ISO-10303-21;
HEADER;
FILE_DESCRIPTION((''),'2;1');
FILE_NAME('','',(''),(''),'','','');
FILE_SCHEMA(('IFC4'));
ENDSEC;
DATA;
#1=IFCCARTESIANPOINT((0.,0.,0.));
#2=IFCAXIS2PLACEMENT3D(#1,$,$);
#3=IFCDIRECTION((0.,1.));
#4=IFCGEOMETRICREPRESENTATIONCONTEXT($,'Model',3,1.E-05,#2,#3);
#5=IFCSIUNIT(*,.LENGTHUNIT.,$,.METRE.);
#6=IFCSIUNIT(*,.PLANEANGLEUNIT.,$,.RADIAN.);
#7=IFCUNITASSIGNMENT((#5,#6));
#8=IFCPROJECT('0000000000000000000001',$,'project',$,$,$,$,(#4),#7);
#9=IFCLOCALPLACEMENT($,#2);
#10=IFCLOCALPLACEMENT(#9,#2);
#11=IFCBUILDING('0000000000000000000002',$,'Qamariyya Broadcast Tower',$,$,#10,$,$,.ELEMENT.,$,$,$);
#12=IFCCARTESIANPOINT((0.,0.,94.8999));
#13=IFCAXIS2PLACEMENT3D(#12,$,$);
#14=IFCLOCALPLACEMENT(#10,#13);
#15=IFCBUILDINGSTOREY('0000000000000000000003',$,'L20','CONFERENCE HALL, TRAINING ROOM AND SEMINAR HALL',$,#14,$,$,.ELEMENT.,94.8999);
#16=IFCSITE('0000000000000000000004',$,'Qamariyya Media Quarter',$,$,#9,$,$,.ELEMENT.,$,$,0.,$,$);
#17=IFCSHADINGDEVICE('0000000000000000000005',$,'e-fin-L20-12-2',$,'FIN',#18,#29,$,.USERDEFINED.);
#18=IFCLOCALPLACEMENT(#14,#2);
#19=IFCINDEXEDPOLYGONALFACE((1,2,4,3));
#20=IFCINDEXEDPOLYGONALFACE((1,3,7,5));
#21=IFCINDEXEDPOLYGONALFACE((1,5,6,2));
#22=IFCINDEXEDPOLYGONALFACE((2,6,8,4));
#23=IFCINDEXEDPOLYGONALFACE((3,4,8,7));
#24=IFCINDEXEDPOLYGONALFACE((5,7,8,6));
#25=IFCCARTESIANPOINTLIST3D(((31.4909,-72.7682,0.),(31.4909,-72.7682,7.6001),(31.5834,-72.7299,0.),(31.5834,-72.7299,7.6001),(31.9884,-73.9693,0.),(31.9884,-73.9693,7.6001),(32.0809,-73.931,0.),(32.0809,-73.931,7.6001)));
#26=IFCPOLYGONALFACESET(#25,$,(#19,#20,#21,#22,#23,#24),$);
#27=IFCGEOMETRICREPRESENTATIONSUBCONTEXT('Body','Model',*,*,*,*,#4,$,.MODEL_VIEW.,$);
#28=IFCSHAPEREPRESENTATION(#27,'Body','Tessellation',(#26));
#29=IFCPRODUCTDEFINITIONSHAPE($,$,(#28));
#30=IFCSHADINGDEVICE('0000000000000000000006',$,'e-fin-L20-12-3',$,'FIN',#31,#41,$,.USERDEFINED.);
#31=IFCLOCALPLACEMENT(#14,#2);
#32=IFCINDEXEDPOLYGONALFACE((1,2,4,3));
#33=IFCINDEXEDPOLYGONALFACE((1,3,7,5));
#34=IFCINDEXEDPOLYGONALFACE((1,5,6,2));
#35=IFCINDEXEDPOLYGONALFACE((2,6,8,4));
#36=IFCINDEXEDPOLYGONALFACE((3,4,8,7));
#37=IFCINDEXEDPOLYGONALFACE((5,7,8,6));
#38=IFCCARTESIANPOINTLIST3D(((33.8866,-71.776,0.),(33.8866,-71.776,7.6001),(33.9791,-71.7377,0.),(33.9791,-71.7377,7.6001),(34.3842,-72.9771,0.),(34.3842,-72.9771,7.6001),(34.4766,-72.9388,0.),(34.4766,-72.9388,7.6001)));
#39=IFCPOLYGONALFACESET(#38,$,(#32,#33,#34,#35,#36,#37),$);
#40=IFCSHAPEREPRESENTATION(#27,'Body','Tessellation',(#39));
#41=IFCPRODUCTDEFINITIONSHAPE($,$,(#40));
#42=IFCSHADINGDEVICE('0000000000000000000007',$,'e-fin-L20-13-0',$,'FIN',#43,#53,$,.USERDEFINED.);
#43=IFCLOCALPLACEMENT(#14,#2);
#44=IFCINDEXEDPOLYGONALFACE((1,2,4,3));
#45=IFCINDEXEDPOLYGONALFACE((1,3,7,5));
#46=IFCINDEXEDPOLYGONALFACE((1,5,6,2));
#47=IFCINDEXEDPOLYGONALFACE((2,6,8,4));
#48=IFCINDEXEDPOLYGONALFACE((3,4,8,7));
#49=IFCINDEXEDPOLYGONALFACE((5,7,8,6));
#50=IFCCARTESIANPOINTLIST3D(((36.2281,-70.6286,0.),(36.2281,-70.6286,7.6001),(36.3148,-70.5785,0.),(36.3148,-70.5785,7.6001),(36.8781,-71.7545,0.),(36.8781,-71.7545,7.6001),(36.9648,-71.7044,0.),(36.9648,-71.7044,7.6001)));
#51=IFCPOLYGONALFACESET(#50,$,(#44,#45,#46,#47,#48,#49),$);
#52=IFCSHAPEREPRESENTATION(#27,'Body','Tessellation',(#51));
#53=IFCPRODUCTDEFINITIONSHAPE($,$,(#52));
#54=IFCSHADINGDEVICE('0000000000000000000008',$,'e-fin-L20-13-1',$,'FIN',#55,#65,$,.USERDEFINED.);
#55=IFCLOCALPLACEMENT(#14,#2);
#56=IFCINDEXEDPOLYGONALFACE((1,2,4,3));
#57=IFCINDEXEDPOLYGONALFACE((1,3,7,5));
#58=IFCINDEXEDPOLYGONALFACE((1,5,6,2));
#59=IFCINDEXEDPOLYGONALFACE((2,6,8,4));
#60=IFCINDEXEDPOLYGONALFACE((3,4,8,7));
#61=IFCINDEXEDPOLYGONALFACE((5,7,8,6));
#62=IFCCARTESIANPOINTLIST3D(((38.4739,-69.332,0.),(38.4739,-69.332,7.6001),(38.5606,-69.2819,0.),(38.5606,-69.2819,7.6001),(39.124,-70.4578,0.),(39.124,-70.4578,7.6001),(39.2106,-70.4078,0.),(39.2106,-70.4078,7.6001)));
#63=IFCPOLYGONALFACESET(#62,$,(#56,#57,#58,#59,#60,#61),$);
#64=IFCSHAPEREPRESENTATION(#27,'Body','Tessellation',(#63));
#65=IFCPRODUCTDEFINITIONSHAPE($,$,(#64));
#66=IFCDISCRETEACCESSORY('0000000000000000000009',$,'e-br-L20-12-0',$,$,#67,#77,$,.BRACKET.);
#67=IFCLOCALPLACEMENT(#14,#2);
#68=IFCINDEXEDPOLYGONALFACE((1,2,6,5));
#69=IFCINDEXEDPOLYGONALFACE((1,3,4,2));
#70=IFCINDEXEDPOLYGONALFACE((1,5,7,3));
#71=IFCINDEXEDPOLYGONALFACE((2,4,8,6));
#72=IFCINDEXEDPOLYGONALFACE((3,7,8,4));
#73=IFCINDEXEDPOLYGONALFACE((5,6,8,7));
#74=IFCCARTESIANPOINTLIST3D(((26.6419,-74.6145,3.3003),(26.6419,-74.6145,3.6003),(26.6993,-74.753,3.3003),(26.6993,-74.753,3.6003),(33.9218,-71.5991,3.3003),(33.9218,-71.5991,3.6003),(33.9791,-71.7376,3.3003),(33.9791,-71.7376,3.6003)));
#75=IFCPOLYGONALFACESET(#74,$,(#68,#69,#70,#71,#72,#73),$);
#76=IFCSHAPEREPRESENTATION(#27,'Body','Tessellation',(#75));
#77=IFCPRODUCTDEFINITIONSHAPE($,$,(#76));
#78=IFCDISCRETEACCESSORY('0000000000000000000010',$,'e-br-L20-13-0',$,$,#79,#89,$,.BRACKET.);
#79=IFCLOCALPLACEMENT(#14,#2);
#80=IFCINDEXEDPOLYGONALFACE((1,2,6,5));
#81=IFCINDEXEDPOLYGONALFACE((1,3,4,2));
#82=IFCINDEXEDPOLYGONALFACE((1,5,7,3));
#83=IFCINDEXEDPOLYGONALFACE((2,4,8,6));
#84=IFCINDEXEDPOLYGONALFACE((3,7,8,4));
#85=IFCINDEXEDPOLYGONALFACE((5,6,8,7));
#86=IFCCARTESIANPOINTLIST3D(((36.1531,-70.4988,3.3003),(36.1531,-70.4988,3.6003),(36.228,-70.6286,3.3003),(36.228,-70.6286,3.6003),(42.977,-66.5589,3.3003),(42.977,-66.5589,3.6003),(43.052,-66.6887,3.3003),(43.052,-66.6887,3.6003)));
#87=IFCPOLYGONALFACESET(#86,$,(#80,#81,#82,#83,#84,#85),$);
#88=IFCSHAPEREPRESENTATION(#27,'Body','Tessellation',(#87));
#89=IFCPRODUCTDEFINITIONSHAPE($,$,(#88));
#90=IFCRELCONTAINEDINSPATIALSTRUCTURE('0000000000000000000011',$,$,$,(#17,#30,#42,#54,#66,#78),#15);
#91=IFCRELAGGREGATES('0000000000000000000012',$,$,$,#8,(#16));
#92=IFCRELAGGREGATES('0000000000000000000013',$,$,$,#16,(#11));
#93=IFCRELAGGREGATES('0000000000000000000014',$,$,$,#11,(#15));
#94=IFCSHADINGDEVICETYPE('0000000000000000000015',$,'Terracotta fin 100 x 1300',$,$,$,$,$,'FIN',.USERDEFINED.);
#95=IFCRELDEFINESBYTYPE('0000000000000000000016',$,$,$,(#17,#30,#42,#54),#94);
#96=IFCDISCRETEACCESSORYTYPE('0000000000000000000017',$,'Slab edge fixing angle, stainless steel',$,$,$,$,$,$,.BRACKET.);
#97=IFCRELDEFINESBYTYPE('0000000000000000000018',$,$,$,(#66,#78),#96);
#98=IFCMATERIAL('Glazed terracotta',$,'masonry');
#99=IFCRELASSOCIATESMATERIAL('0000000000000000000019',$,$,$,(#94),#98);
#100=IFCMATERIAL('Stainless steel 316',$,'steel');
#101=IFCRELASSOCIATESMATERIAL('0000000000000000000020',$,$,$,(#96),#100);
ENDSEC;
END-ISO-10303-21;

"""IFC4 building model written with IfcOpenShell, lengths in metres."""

from ifc_helpers import new_model, si_unit, direction, frame, origin, origin_2d, place, context, subcontext, project, spatial, rectangle, extrude, material, material_profile, profile_set, type_object, element, save


model = new_model("IFC4")

# Units and contexts
model_context = context("Model", 3, precision=1e-05, world=origin(), true_north=direction((0.0, 1.0)))
body_context = subcontext(model_context, "Body", "Model", "MODEL_VIEW")
ifc_project = project(units=[si_unit("LENGTHUNIT", "METRE"), si_unit("PLANEANGLEUNIT", "RADIAN")], contexts=[model_context])

# Site, building, storey
site_placement = place(None, origin())
site = spatial("IfcSite", under=ifc_project, at=site_placement, Name="Qamariyya Media Quarter", CompositionType="ELEMENT", RefElevation=0.0)
building_placement = place(site_placement, origin())
building = spatial("IfcBuilding", under=site, at=building_placement, Name="Qamariyya Broadcast Tower", CompositionType="ELEMENT")
storey_placement = place(building_placement, frame((0.0, 0.0, 94.8999)))
storey = spatial("IfcBuildingStorey", under=building, at=storey_placement, Name="L20", Description="CONFERENCE HALL, TRAINING ROOM AND SEMINAR HALL", CompositionType="ELEMENT", Elevation=94.8999)

# Shading devices
ifc_material_1 = material(Name="Glazed terracotta", Category="masonry")
ifc_material_profile_1 = material_profile(ifc_material_1, rectangle(XDim=1.3, YDim=0.1001, at=origin_2d()))
ifc_profile_set_1 = profile_set([ifc_material_profile_1], Name="Glazed terracotta")
shading_device_type_1 = type_object("IfcShadingDeviceType", Name="Terracotta fin 100 x 1300", ElementType="FIN", PredefinedType="USERDEFINED", material=ifc_profile_set_1)
for number, where, z_axis, x_axis, name in (
    (1, (31.7859, -73.3496, 0.0), (0.0, 0.0, 1.0), (0.382683, -0.92388, 0.0), "e-fin-L20-12-2"),
    (2, (34.1816, -72.3574, 0.0), (0.0, 0.0, 1.0), (0.382683, -0.92388, 0.0), "e-fin-L20-12-3"),
    (3, (36.5964, -71.1665, 0.0), (0.0, 0.0, 1.0), (0.5, -0.866025, 0.0), "e-fin-L20-13-0"),
    (4, (38.8423, -69.8699, 0.0), (0.0, 0.0, 1.0), (0.5, -0.866025, 0.0), "e-fin-L20-13-1"),
):
    element("IfcShadingDevice", number, at=place(storey_placement, frame(where, z_axis=z_axis, x_axis=x_axis)), inside=storey, type_object=shading_device_type_1, Name=name, ObjectType="FIN", PredefinedType="USERDEFINED", context=body_context, shape_type="SweptSolid", body=[
        extrude(rectangle(XDim=1.3, YDim=0.1001, at=origin_2d()), origin(), (0.0, 0.0, 1.0), 7.6001),
    ])

# Discrete accessories
ifc_material_2 = material(Name="Stainless steel 316", Category="steel")
discrete_accessory_type = type_object("IfcDiscreteAccessoryType", Name="Slab edge fixing angle, stainless steel", PredefinedType="BRACKET", material=ifc_material_2)
for number, where, z_axis, x_axis, name in (
    (5, (30.3105, -73.176, 3.3003), (0.0, 0.0, 1.0), (0.92388, 0.382683, 0.0), "e-br-L20-12-0"),
    (6, (39.6025, -68.5938, 3.3003), (0.0, 0.0, 1.0), (0.866025, 0.5, 0.0), "e-br-L20-13-0"),
):
    element("IfcDiscreteAccessory", number, at=place(storey_placement, frame(where, z_axis=z_axis, x_axis=x_axis)), inside=storey, type_object=discrete_accessory_type, Name=name, PredefinedType="BRACKET", context=body_context, shape_type="SweptSolid", body=[
        extrude(rectangle(XDim=7.8796, YDim=0.1499, at=origin_2d()), origin(), (0.0, 0.0, 1.0), 0.3),
    ])

save(model, "model.ifc")
